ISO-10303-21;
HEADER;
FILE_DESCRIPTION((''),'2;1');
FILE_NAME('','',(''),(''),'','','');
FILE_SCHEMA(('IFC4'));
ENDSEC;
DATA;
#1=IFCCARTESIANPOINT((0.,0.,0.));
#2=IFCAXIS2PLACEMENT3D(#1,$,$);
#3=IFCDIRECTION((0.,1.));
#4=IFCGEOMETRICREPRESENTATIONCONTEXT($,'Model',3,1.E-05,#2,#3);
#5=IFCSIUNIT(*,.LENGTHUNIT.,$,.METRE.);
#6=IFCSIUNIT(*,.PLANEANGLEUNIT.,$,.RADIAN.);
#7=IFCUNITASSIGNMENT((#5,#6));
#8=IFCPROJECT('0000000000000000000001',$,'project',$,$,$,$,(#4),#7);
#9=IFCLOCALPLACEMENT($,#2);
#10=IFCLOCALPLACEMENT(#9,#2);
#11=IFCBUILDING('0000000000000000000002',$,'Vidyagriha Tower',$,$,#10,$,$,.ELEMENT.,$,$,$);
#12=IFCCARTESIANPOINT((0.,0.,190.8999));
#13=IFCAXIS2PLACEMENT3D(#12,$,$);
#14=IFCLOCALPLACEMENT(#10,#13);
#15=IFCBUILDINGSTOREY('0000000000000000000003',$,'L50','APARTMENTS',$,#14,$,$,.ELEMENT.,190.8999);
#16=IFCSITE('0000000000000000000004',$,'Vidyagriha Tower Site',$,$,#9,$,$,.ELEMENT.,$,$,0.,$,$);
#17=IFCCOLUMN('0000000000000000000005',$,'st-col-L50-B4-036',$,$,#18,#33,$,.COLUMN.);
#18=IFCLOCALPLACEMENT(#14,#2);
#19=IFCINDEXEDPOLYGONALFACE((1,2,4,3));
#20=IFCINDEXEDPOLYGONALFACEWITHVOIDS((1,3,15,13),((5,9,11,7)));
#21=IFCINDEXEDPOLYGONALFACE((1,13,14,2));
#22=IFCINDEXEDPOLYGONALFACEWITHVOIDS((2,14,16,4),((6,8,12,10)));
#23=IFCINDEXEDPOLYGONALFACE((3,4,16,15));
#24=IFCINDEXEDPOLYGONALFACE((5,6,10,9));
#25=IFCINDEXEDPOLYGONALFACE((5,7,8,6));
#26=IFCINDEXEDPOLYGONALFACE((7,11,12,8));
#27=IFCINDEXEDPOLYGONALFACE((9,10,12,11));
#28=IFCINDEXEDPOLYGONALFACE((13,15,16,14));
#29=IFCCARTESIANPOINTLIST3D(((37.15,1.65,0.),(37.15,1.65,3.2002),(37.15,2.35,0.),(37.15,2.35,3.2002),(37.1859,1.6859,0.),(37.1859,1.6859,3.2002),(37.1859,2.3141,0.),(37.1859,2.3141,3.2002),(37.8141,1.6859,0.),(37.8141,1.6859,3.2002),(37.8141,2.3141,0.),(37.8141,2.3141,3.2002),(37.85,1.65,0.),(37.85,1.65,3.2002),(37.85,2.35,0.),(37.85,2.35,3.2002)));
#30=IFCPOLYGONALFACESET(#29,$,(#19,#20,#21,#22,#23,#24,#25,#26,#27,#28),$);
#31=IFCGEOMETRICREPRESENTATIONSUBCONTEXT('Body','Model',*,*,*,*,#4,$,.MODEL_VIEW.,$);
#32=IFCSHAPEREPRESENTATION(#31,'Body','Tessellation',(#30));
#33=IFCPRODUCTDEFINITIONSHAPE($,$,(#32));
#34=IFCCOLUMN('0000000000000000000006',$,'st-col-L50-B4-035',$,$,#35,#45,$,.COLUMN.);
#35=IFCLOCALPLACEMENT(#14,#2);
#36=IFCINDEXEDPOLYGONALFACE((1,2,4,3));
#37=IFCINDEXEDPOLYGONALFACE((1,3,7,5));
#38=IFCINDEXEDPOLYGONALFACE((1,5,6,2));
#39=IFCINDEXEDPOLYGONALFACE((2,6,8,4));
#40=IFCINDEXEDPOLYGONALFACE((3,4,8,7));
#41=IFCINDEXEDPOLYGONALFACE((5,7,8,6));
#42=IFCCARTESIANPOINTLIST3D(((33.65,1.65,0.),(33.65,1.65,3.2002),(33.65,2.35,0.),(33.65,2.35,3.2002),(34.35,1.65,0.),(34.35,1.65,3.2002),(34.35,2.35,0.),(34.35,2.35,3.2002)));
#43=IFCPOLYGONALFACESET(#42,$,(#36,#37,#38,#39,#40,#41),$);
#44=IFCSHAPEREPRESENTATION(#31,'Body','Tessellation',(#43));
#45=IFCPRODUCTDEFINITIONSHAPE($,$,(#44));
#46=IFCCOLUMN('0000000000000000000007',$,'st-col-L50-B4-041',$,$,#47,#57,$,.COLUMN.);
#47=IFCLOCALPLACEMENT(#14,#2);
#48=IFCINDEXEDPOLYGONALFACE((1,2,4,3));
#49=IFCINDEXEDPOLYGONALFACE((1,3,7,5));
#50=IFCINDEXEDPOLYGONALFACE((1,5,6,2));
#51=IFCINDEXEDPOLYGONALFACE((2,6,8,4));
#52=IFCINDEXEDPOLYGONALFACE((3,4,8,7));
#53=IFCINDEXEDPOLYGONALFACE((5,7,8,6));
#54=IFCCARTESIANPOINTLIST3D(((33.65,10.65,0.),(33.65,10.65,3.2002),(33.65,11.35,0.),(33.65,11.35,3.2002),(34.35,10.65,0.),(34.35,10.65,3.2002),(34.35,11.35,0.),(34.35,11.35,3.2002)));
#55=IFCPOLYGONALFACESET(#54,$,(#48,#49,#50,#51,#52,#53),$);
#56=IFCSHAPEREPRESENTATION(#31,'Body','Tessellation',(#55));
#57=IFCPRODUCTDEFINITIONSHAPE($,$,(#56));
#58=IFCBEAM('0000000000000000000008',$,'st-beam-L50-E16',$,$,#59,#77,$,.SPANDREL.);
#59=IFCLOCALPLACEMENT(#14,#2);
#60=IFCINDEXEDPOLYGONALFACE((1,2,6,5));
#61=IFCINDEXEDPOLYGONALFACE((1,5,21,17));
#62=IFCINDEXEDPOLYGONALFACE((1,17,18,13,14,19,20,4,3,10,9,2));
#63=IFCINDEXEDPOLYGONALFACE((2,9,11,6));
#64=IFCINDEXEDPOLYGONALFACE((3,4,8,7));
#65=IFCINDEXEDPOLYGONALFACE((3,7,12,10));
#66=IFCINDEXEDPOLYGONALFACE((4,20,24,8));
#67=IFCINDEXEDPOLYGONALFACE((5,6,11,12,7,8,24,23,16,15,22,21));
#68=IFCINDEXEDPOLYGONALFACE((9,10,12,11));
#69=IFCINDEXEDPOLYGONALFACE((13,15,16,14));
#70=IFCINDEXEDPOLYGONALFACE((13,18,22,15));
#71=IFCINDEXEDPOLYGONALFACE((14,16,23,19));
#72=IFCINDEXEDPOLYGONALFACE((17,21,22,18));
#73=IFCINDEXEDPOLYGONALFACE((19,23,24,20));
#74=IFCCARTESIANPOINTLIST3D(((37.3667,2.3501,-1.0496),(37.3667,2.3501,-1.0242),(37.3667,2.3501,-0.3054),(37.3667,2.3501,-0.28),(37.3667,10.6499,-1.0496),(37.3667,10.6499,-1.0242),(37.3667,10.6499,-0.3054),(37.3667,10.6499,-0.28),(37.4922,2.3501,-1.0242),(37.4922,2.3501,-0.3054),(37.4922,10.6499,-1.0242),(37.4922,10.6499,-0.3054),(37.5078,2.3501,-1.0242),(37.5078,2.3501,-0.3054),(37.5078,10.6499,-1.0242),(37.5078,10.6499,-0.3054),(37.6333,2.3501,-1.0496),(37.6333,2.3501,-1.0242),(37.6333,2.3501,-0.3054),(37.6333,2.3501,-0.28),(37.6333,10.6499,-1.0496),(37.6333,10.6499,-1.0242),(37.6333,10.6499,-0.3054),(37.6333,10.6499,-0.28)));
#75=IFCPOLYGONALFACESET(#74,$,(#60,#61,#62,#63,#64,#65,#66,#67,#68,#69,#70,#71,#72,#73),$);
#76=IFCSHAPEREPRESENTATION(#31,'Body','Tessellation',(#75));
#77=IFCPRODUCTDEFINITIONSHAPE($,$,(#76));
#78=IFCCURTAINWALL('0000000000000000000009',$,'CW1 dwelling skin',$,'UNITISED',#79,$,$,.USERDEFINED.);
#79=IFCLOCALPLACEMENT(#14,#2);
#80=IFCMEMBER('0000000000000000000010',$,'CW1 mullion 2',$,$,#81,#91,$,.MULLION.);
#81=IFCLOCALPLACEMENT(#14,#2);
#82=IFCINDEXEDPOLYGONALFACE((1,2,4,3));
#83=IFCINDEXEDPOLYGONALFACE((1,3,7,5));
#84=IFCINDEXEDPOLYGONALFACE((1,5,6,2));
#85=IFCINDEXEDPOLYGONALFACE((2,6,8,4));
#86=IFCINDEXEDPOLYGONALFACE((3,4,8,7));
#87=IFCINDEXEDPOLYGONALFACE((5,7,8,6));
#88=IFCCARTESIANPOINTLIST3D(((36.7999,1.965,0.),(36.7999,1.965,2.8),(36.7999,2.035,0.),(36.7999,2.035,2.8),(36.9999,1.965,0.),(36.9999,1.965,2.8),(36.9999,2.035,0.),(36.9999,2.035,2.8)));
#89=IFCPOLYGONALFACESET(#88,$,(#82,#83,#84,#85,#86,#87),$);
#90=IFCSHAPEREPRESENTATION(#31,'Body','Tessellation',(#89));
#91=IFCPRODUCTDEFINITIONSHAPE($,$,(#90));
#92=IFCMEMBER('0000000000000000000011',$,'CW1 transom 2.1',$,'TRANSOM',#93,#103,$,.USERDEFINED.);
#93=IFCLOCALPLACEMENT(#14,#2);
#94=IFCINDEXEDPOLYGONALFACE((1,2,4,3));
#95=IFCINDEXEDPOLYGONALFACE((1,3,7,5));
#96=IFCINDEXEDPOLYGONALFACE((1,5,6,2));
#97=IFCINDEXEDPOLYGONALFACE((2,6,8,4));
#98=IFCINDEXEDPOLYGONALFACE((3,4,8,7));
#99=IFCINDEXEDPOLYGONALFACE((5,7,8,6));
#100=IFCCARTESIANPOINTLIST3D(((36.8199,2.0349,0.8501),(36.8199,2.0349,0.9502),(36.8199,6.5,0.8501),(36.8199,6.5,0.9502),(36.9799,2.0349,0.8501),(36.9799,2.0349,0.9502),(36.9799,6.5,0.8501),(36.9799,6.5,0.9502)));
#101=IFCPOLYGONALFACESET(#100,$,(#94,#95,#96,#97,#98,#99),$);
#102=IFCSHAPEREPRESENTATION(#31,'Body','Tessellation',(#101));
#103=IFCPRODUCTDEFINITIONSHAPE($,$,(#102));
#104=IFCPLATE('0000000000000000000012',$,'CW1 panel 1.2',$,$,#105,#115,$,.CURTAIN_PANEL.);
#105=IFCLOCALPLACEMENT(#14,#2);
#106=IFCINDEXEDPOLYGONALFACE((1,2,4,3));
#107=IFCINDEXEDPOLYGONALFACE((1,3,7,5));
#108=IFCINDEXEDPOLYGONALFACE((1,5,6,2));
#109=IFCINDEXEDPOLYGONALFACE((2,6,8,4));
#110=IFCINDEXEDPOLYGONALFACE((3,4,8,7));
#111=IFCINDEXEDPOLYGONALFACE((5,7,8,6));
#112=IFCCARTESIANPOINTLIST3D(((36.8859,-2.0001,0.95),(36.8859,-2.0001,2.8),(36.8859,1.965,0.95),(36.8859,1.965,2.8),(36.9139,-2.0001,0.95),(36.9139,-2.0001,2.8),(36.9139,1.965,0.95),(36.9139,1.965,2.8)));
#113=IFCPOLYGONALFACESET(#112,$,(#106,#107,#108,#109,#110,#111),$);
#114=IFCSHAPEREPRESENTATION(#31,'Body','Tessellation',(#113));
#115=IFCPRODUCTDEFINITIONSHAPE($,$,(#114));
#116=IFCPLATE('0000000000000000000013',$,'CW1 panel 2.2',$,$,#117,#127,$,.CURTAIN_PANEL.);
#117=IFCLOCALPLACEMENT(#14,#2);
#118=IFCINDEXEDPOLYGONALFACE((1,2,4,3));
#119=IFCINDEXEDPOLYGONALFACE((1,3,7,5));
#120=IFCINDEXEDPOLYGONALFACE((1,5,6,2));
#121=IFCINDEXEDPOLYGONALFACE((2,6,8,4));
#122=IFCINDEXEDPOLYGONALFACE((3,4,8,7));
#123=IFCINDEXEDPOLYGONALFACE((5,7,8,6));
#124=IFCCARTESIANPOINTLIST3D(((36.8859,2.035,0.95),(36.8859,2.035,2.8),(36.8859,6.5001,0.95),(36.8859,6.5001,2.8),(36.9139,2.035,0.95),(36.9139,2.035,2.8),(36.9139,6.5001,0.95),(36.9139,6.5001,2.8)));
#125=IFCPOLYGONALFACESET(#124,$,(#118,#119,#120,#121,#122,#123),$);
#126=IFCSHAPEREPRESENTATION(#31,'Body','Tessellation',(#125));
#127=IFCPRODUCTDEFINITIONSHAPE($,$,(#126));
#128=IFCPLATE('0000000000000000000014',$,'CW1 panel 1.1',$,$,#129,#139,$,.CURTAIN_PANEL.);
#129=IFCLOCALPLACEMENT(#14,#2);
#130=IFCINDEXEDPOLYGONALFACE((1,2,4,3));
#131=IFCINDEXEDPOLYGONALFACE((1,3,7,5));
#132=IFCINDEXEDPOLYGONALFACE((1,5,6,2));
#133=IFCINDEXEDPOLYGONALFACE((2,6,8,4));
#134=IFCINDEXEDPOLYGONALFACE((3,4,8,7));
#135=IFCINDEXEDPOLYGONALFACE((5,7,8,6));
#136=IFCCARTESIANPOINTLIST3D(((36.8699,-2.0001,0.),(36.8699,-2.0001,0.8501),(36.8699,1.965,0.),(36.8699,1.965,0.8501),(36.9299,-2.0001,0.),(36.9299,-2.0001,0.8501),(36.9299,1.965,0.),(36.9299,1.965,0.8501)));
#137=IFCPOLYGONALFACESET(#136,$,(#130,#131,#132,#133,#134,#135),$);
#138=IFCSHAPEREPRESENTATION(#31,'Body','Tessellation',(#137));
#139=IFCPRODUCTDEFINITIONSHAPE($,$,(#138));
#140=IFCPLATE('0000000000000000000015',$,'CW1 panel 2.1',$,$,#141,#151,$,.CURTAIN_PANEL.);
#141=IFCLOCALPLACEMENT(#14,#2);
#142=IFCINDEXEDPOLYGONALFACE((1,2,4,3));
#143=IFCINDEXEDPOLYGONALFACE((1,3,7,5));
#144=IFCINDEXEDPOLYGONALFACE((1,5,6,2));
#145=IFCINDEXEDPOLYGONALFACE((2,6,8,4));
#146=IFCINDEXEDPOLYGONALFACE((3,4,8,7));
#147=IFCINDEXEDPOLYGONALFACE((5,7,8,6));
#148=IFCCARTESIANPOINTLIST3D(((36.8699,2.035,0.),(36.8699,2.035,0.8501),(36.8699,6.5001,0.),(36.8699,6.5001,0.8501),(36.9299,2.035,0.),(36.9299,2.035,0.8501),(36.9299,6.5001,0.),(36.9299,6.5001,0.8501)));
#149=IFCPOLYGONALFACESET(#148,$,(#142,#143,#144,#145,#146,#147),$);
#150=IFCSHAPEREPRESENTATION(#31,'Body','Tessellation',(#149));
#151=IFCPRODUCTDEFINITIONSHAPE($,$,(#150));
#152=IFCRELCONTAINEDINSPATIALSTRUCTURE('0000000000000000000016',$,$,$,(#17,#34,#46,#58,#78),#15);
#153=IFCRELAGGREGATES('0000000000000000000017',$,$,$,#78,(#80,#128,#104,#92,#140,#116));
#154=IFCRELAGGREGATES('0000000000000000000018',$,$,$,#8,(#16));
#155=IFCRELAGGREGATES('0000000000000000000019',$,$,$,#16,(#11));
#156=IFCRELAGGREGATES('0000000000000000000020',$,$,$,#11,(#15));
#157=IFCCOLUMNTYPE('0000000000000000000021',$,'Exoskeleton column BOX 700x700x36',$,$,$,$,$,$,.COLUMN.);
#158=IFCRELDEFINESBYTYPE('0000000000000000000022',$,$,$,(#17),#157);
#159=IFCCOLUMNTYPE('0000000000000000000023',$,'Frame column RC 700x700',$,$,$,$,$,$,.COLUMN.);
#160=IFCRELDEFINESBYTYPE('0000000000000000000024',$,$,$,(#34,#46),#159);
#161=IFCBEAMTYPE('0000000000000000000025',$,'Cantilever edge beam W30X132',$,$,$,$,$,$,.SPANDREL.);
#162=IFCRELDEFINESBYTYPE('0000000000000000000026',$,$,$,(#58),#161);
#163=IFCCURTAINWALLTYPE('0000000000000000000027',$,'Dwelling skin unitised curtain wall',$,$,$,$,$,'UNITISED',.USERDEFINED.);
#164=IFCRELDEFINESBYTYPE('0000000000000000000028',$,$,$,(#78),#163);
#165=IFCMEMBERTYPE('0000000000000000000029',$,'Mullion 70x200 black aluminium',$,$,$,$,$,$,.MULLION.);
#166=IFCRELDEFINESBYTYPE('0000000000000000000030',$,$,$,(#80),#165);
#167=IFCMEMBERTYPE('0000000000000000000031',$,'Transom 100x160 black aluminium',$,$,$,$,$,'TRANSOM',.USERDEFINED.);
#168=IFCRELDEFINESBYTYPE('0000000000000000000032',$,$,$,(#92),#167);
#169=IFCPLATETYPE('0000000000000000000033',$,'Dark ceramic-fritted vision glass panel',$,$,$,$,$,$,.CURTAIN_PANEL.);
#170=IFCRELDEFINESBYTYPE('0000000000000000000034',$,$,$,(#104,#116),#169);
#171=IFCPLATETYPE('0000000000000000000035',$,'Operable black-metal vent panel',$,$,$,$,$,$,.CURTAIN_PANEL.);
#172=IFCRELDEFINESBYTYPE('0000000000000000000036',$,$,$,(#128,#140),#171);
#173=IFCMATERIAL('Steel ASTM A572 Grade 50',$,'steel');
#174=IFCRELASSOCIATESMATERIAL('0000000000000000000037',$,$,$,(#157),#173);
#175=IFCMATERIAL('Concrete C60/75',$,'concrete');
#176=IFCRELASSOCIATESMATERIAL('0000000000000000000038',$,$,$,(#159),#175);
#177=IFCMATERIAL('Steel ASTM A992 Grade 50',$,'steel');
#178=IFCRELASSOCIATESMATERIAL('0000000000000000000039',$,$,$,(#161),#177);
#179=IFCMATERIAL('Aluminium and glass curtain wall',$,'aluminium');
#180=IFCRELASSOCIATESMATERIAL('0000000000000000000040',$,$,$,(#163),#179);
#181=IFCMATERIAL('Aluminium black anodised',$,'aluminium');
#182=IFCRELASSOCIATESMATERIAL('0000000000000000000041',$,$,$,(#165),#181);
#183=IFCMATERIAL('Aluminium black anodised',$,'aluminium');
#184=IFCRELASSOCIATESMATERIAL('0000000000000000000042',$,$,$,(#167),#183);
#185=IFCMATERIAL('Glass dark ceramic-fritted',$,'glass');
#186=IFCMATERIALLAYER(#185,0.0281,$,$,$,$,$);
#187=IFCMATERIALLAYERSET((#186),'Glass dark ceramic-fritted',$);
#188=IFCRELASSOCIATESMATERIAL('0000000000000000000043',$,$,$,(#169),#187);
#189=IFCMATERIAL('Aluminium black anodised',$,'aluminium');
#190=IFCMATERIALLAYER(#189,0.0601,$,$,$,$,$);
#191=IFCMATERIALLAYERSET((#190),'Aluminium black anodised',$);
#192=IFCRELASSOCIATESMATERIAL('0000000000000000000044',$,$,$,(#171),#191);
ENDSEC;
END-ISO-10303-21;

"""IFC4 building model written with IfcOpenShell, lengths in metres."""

from ifc_helpers import new_model, si_unit, direction, frame, origin, origin_2d, place, context, subcontext, project, spatial, rectangle, hollow_rectangle, i_section, extrude, material, layer, layer_set, material_profile, profile_set, type_object, element, aggregate, save


model = new_model("IFC4")

# Units and contexts
model_context = context("Model", 3, precision=1e-05, world=origin(), true_north=direction((0.0, 1.0)))
body_context = subcontext(model_context, "Body", "Model", "MODEL_VIEW")
ifc_project = project(units=[si_unit("LENGTHUNIT", "METRE"), si_unit("PLANEANGLEUNIT", "RADIAN")], contexts=[model_context])

# Site, building, storey
site_placement = place(None, origin())
site = spatial("IfcSite", under=ifc_project, at=site_placement, Name="Vidyagriha Tower Site", CompositionType="ELEMENT", RefElevation=0.0)
building_placement = place(site_placement, origin())
building = spatial("IfcBuilding", under=site, at=building_placement, Name="Vidyagriha Tower", CompositionType="ELEMENT")
storey_placement = place(building_placement, frame((0.0, 0.0, 190.8999)))
storey = spatial("IfcBuildingStorey", under=building, at=storey_placement, Name="L50", Description="APARTMENTS", CompositionType="ELEMENT", Elevation=190.8999)

# Columns
ifc_material_1 = material(Name="Steel ASTM A572 Grade 50", Category="steel")
ifc_material_profile_1 = material_profile(ifc_material_1, hollow_rectangle(XDim=0.7, YDim=0.7, WallThickness=0.0359, at=origin_2d()), Name="BOX 700x700x36")
ifc_profile_set_1 = profile_set([ifc_material_profile_1], Name="Steel ASTM A572 Grade 50")
column_type_1 = type_object("IfcColumnType", Name="Exoskeleton column BOX 700x700x36", PredefinedType="COLUMN", material=ifc_profile_set_1)
column_placement = place(storey_placement, frame((37.5, 2.0, 0.0)))
element("IfcColumn", 1, at=column_placement, inside=storey, type_object=column_type_1, Name="st-col-L50-B4-036", PredefinedType="COLUMN", context=body_context, shape_type="SweptSolid", body=[
    extrude(hollow_rectangle(XDim=0.7, YDim=0.7, WallThickness=0.0359, at=origin_2d()), origin(), (0.0, 0.0, 1.0), 3.2002),
])
ifc_material_2 = material(Name="Concrete C60/75", Category="concrete")
ifc_material_profile_2 = material_profile(ifc_material_2, rectangle(XDim=0.7, YDim=0.7, at=origin_2d()), Name="RC 700x700")
ifc_profile_set_2 = profile_set([ifc_material_profile_2], Name="Concrete C60/75")
column_type_2 = type_object("IfcColumnType", Name="Frame column RC 700x700", PredefinedType="COLUMN", material=ifc_profile_set_2)
for number, where, name in (
    (2, (34.0, 2.0, 0.0), "st-col-L50-B4-035"),
    (3, (34.0, 11.0, 0.0), "st-col-L50-B4-041"),
):
    element("IfcColumn", number, at=place(storey_placement, frame(where)), inside=storey, type_object=column_type_2, Name=name, PredefinedType="COLUMN", context=body_context, shape_type="SweptSolid", body=[
        extrude(rectangle(XDim=0.7, YDim=0.7, at=origin_2d()), origin(), (0.0, 0.0, 1.0), 3.2002),
    ])

# Beam
ifc_material_3 = material(Name="Steel ASTM A992 Grade 50", Category="steel")
ifc_material_profile_3 = material_profile(ifc_material_3, i_section(OverallWidth=0.2666, OverallDepth=0.7695, WebThickness=0.0156, FlangeThickness=0.0254, at=origin_2d()), Name="W30X132")
ifc_profile_set_3 = profile_set([ifc_material_profile_3], Name="Steel ASTM A992 Grade 50")
beam_type = type_object("IfcBeamType", Name="Cantilever edge beam W30X132", PredefinedType="SPANDREL", material=ifc_profile_set_3)
beam_placement = place(storey_placement, frame((37.5, 2.3501, -0.6648), z_axis=(0.0, 1.0, 0.0), x_axis=(-1.0, 0.0, 0.0)))
element("IfcBeam", 4, at=beam_placement, inside=storey, type_object=beam_type, Name="st-beam-L50-E16", PredefinedType="SPANDREL", context=body_context, shape_type="SweptSolid", body=[
    extrude(i_section(OverallWidth=0.2666, OverallDepth=0.7695, WebThickness=0.0156, FlangeThickness=0.0254, at=origin_2d()), origin(), (0.0, 0.0, 1.0), 8.2998),
])

# Curtain wall, members, plates
ifc_material_4 = material(Name="Aluminium and glass curtain wall", Category="aluminium")
curtain_wall_type = type_object("IfcCurtainWallType", Name="Dwelling skin unitised curtain wall", ElementType="UNITISED", PredefinedType="USERDEFINED", material=ifc_material_4)
curtain_wall_placement = place(storey_placement, origin())
curtain_wall = element("IfcCurtainWall", 5, at=curtain_wall_placement, inside=storey, type_object=curtain_wall_type, Name="CW1 dwelling skin", ObjectType="UNITISED", PredefinedType="USERDEFINED")
ifc_material_5 = material(Name="Aluminium black anodised", Category="aluminium")
ifc_material_profile_4 = material_profile(ifc_material_5, rectangle(XDim=0.2, YDim=0.0701, at=origin_2d()), Name="Mullion 70x200 black aluminium")
ifc_profile_set_4 = profile_set([ifc_material_profile_4], Name="Aluminium black anodised")
member_type_1 = type_object("IfcMemberType", Name="Mullion 70x200 black aluminium", PredefinedType="MULLION", material=ifc_profile_set_4)
member_1_placement = place(storey_placement, frame((36.8999, 2.0, 0.0), z_axis=(0.0, 0.0, 1.0), x_axis=(-1.0, 0.0, 0.0)))
member_1 = element("IfcMember", 6, at=member_1_placement, type_object=member_type_1, Name="CW1 mullion 2", PredefinedType="MULLION", context=body_context, shape_type="SweptSolid", body=[
    extrude(rectangle(XDim=0.2, YDim=0.0701, at=origin_2d()), origin(), (0.0, 0.0, 1.0), 2.8),
])
ifc_material_6 = material(Name="Aluminium black anodised", Category="aluminium")
ifc_material_profile_5 = material_profile(ifc_material_6, rectangle(XDim=0.1599, YDim=0.1001, at=origin_2d()), Name="Transom 100x160 black aluminium")
ifc_profile_set_5 = profile_set([ifc_material_profile_5], Name="Aluminium black anodised")
member_type_2 = type_object("IfcMemberType", Name="Transom 100x160 black aluminium", ElementType="TRANSOM", PredefinedType="USERDEFINED", material=ifc_profile_set_5)
member_2_placement = place(storey_placement, frame((36.8999, 2.0349, 0.9001), z_axis=(0.0, 1.0, 0.0), x_axis=(-1.0, 0.0, 0.0)))
member_2 = element("IfcMember", 7, at=member_2_placement, type_object=member_type_2, Name="CW1 transom 2.1", ObjectType="TRANSOM", PredefinedType="USERDEFINED", context=body_context, shape_type="SweptSolid", body=[
    extrude(rectangle(XDim=0.1599, YDim=0.1001, at=origin_2d()), origin(), (0.0, 0.0, 1.0), 4.4651),
])
ifc_material_7 = material(Name="Glass dark ceramic-fritted", Category="glass")
ifc_layer_1 = layer(ifc_material_7, 0.0281)
ifc_layer_set_1 = layer_set([ifc_layer_1], Name="Glass dark ceramic-fritted")
plate_type_1 = type_object("IfcPlateType", Name="Dark ceramic-fritted vision glass panel", PredefinedType="CURTAIN_PANEL", material=ifc_layer_set_1)
plate_1_placement = place(storey_placement, frame((36.8999, -0.0176, 0.95), z_axis=(0.0, 0.0, 1.0), x_axis=(0.0, 1.0, 0.0)))
plate_1 = element("IfcPlate", 8, at=plate_1_placement, type_object=plate_type_1, Name="CW1 panel 1.2", PredefinedType="CURTAIN_PANEL", context=body_context, shape_type="SweptSolid", body=[
    extrude(rectangle(XDim=3.9651, YDim=0.0281, at=origin_2d()), origin(), (0.0, 0.0, 1.0), 1.8501),
])
plate_2_placement = place(storey_placement, frame((36.8999, 4.2676, 0.95), z_axis=(0.0, 0.0, 1.0), x_axis=(0.0, 1.0, 0.0)))
plate_2 = element("IfcPlate", 9, at=plate_2_placement, type_object=plate_type_1, Name="CW1 panel 2.2", PredefinedType="CURTAIN_PANEL", context=body_context, shape_type="SweptSolid", body=[
    extrude(rectangle(XDim=4.4651, YDim=0.0281, at=origin_2d()), origin(), (0.0, 0.0, 1.0), 1.8501),
])
ifc_material_8 = material(Name="Aluminium black anodised", Category="aluminium")
ifc_layer_2 = layer(ifc_material_8, 0.0601)
ifc_layer_set_2 = layer_set([ifc_layer_2], Name="Aluminium black anodised")
plate_type_2 = type_object("IfcPlateType", Name="Operable black-metal vent panel", PredefinedType="CURTAIN_PANEL", material=ifc_layer_set_2)
plate_3_placement = place(storey_placement, frame((36.8999, -0.0176, 0.0), z_axis=(0.0, 0.0, 1.0), x_axis=(0.0, 1.0, 0.0)))
plate_3 = element("IfcPlate", 10, at=plate_3_placement, type_object=plate_type_2, Name="CW1 panel 1.1", PredefinedType="CURTAIN_PANEL", context=body_context, shape_type="SweptSolid", body=[
    extrude(rectangle(XDim=3.9651, YDim=0.0601, at=origin_2d()), origin(), (0.0, 0.0, 1.0), 0.8501),
])
plate_4_placement = place(storey_placement, frame((36.8999, 4.2676, 0.0), z_axis=(0.0, 0.0, 1.0), x_axis=(0.0, 1.0, 0.0)))
plate_4 = element("IfcPlate", 11, at=plate_4_placement, type_object=plate_type_2, Name="CW1 panel 2.1", PredefinedType="CURTAIN_PANEL", context=body_context, shape_type="SweptSolid", body=[
    extrude(rectangle(XDim=4.4651, YDim=0.0601, at=origin_2d()), origin(), (0.0, 0.0, 1.0), 0.8501),
])
aggregate(curtain_wall, [member_1, plate_3, plate_1, member_2, plate_4, plate_2])

save(model, "model.ifc")
